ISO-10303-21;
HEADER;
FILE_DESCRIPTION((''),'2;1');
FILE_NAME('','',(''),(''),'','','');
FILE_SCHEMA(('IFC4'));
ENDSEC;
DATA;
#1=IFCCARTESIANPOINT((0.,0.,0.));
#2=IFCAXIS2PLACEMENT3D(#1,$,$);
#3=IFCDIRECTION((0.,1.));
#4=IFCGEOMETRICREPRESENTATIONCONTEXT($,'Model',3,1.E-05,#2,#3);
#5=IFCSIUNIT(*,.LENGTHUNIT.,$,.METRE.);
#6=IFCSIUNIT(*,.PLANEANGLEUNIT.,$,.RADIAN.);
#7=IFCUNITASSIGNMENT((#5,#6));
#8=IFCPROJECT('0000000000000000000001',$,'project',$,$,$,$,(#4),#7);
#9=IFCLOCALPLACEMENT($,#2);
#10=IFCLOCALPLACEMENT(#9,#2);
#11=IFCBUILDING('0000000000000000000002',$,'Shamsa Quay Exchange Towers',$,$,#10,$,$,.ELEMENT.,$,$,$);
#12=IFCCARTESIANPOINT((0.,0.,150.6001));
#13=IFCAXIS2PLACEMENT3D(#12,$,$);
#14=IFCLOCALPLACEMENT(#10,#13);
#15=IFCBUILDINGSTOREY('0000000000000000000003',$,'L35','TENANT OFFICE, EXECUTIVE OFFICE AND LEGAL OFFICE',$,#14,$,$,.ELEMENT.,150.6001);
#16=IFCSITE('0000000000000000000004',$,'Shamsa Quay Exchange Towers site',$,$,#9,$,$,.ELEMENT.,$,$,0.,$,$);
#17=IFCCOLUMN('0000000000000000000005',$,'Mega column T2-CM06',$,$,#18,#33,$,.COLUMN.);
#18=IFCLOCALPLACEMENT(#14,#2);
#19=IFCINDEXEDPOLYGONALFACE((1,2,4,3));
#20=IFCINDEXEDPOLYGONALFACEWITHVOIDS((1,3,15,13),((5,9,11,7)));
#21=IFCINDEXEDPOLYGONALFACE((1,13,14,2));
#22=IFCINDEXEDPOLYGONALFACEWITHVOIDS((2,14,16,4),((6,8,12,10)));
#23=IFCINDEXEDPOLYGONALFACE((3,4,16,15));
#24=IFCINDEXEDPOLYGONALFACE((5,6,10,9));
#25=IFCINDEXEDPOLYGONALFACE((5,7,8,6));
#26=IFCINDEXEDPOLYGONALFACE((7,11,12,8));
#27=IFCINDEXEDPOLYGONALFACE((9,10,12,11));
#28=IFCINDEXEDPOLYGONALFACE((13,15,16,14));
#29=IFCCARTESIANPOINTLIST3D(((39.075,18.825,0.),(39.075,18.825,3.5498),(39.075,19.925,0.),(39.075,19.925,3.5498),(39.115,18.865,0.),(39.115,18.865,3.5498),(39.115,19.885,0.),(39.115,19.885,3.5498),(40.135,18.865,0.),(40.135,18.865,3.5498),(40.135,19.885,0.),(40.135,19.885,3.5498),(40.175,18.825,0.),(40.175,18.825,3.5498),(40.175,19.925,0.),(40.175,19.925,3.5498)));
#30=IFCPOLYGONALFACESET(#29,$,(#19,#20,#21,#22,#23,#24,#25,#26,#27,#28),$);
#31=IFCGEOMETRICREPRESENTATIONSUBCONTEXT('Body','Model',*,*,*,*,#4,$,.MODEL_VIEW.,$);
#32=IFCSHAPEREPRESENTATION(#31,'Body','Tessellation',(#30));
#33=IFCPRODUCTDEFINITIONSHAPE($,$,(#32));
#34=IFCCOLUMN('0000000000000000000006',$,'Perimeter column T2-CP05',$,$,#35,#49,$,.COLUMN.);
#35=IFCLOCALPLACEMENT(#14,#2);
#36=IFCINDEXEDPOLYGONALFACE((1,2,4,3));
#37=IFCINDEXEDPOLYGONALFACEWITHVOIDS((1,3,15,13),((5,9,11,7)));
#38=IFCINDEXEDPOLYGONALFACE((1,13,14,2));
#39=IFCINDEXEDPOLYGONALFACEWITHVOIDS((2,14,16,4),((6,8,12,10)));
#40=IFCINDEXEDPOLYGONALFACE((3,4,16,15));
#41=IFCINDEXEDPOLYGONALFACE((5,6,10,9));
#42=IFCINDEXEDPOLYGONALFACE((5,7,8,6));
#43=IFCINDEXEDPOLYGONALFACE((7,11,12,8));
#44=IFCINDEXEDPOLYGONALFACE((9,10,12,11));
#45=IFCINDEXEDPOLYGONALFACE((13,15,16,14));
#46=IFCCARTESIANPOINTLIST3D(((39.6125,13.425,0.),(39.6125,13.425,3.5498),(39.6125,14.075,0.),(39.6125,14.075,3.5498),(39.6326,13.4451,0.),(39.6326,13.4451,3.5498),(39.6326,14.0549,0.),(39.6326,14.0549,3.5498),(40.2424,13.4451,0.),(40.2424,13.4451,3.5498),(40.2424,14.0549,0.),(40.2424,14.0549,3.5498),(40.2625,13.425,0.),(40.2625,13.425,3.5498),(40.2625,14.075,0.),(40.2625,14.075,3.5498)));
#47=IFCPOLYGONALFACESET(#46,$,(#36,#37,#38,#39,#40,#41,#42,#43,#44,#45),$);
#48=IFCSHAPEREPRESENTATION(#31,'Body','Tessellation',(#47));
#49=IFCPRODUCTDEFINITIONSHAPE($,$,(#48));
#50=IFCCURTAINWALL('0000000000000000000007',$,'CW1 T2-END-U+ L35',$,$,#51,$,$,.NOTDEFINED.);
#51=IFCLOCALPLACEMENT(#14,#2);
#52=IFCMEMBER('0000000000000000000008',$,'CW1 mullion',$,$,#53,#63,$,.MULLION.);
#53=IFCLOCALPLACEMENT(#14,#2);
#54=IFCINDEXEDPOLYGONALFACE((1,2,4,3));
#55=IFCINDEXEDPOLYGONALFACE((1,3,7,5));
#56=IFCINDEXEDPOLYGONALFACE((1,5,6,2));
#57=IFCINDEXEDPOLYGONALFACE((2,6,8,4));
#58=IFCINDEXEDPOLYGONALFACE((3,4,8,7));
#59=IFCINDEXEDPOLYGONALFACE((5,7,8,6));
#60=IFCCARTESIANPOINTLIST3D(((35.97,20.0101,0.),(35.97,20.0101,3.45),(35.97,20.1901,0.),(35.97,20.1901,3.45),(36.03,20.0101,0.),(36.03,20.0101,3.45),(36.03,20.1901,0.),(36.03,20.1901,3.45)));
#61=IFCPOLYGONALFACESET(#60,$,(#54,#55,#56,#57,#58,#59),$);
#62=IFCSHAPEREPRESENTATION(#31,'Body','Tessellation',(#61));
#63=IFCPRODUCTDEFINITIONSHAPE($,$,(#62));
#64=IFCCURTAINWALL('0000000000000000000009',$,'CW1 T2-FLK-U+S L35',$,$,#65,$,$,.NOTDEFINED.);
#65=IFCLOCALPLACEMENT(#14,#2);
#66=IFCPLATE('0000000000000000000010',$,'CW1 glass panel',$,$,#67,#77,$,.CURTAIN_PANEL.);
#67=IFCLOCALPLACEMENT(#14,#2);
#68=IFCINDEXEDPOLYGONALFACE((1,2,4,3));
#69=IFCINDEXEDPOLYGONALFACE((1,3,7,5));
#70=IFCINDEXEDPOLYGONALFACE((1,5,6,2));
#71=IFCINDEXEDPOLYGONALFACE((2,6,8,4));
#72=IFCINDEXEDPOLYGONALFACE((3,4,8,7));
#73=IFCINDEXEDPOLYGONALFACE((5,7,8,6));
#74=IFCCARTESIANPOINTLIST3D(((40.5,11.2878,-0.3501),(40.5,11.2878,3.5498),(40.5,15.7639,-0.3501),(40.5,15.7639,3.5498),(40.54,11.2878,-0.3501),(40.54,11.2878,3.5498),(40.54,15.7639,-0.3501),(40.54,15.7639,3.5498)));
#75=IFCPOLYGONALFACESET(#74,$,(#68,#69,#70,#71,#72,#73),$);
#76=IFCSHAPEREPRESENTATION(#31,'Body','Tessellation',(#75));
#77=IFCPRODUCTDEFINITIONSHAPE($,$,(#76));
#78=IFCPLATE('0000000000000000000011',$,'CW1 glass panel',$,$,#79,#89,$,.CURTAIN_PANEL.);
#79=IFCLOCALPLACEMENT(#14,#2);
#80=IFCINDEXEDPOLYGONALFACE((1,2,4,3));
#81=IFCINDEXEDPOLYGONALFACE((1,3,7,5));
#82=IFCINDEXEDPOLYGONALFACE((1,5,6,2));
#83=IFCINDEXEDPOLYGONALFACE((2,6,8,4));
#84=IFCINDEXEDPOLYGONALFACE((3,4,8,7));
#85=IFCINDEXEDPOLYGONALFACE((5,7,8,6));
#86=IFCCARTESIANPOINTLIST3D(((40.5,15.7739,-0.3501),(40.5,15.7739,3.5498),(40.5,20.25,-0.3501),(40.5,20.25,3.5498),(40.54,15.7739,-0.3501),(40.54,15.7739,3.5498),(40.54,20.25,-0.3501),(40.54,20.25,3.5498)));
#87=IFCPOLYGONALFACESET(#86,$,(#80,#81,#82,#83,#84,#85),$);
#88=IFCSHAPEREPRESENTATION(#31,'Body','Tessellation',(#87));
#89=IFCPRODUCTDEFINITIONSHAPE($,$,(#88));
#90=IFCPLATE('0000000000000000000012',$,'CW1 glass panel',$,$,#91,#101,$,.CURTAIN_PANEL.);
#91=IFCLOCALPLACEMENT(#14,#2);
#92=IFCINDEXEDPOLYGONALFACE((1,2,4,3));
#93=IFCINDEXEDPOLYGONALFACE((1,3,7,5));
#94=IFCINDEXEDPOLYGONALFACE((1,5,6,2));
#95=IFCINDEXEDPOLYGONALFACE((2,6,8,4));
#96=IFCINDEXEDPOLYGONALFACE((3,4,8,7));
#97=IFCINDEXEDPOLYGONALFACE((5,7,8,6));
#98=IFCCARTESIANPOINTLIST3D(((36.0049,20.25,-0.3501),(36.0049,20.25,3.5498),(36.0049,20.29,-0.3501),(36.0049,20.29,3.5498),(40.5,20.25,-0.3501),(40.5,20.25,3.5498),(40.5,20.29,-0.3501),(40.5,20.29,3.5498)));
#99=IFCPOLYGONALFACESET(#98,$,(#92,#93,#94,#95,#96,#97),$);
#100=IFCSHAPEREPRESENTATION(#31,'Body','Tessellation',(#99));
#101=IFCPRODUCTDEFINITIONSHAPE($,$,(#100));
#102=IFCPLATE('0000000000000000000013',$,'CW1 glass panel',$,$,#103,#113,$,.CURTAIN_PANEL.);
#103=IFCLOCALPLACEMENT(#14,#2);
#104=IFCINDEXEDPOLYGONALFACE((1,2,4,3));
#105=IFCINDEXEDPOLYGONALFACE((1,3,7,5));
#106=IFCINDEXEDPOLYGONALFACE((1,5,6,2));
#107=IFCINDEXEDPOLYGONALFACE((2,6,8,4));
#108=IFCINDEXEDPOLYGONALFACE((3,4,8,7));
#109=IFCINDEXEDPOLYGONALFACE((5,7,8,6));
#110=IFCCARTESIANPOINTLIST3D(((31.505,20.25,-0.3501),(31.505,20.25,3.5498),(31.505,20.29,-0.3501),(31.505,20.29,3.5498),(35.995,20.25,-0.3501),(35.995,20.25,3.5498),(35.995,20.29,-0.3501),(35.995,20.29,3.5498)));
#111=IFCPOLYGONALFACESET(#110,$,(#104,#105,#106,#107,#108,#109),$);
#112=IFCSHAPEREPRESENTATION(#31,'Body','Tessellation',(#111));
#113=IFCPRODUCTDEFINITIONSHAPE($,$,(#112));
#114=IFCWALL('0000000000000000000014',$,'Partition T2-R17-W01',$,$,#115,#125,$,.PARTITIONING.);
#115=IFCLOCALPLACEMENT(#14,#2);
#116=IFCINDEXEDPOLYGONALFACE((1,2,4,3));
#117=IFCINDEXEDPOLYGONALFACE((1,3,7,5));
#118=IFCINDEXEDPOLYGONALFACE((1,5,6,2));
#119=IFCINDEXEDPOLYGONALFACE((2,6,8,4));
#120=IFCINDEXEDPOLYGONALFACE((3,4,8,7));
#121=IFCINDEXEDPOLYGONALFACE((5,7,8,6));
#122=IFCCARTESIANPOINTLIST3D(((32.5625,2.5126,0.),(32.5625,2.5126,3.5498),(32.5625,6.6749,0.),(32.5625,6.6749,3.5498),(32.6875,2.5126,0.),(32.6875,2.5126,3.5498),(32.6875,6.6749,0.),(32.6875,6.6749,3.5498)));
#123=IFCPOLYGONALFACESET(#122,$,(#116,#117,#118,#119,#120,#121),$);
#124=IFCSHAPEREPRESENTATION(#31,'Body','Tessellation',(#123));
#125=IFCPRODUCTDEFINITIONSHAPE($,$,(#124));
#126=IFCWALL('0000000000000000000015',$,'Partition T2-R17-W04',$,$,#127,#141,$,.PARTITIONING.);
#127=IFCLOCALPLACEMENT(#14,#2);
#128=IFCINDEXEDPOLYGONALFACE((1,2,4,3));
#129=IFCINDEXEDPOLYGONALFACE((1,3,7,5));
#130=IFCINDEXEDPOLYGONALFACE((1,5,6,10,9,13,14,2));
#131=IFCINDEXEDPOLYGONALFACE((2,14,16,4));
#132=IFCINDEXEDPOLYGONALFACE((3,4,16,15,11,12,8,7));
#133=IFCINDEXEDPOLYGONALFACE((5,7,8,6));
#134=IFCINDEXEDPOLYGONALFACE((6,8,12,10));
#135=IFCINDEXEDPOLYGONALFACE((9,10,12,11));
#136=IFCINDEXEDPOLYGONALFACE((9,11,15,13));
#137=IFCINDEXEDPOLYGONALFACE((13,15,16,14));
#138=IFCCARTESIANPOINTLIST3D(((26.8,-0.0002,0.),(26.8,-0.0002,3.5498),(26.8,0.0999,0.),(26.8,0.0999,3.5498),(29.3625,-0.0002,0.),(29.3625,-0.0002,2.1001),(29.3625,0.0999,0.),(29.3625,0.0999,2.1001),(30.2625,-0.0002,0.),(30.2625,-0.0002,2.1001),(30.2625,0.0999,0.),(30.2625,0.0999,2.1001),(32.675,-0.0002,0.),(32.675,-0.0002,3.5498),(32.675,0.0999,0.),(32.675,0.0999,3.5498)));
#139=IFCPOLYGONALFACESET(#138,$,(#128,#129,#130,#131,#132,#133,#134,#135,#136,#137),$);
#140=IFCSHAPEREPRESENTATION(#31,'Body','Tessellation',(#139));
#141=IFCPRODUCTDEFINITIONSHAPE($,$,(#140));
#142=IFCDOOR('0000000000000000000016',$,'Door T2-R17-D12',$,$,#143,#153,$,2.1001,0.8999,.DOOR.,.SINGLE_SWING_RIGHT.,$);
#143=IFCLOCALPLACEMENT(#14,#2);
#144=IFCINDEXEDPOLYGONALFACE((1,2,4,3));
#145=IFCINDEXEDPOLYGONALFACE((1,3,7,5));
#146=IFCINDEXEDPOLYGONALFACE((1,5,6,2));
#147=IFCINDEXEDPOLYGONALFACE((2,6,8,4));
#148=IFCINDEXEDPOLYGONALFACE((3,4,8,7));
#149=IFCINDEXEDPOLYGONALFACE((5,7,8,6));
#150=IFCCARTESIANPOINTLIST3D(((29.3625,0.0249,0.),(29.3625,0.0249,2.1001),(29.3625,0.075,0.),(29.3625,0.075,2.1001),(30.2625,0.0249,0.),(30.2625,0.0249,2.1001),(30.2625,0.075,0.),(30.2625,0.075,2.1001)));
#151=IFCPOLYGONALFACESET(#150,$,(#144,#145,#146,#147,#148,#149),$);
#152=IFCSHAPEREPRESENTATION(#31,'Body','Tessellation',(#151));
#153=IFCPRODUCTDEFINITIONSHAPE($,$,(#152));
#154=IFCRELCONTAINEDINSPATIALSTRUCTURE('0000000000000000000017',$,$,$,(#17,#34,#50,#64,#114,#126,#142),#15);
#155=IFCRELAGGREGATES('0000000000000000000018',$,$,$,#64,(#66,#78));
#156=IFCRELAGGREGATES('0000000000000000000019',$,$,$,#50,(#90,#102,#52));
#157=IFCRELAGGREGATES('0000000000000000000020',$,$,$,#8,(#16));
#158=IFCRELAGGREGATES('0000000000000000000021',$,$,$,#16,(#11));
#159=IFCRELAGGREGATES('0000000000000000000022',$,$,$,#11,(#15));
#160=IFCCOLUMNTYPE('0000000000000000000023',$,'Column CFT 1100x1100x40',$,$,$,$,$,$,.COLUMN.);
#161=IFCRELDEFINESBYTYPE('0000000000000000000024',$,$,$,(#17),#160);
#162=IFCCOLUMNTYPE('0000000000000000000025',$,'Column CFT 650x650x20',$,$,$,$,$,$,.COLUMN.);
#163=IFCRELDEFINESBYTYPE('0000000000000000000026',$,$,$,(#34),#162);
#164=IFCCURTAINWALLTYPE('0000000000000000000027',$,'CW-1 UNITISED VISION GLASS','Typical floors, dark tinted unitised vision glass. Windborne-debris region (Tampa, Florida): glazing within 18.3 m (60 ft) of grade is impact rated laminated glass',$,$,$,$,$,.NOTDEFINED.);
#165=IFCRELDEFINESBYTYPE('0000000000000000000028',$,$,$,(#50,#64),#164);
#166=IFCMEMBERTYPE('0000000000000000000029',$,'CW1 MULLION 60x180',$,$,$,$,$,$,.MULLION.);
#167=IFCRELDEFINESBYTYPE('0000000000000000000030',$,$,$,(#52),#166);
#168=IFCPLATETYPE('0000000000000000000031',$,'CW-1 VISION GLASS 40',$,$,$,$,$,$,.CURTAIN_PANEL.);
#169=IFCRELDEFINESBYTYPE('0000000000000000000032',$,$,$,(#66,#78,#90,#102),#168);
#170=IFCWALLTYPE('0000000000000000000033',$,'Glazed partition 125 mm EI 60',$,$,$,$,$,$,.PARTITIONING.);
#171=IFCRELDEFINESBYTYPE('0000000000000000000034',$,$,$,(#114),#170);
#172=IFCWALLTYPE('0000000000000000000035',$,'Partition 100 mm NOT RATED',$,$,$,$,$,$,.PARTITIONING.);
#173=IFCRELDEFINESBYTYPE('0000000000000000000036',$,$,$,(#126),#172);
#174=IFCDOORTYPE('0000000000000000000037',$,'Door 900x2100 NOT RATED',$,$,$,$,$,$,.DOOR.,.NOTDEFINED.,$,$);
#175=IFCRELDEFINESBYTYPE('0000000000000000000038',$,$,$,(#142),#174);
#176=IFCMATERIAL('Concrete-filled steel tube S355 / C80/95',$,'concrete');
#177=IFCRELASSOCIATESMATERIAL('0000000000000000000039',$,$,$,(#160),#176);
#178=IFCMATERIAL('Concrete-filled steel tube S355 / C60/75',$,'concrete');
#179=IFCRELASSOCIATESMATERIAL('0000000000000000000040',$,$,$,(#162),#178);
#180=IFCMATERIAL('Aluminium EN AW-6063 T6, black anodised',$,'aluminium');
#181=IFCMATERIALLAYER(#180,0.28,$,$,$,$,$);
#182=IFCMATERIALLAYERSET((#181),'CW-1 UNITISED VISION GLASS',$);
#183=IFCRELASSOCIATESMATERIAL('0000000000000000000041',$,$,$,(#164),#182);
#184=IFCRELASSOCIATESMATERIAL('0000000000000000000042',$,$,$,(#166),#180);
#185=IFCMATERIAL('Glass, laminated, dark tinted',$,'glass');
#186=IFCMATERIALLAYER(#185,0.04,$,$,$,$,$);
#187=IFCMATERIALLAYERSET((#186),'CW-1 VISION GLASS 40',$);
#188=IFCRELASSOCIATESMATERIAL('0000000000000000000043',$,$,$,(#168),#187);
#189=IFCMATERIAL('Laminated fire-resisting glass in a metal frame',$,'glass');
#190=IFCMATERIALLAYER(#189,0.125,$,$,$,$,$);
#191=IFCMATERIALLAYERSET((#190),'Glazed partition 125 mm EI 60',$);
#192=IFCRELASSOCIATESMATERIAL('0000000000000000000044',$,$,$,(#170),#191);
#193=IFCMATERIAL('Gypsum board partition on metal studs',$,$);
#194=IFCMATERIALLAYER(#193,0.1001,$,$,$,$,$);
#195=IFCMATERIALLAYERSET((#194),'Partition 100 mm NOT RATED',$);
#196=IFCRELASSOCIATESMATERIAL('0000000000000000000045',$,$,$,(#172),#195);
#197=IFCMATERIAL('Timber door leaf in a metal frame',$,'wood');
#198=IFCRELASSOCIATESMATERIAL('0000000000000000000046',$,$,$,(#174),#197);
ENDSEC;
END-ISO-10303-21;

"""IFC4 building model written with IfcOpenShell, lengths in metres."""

from ifc_helpers import new_model, si_unit, direction, frame, frame_2d, origin, origin_2d, place, context, subcontext, project, spatial, rectangle, hollow_rectangle, extrude, material, layer, layer_set, material_profile, profile_set, type_object, element, fill, aggregate, save


model = new_model("IFC4")

# Units and contexts
model_context = context("Model", 3, precision=1e-05, world=origin(), true_north=direction((0.0, 1.0)))
body_context = subcontext(model_context, "Body", "Model", "MODEL_VIEW")
ifc_project = project(units=[si_unit("LENGTHUNIT", "METRE"), si_unit("PLANEANGLEUNIT", "RADIAN")], contexts=[model_context])

# Site, building, storey
site_placement = place(None, origin())
site = spatial("IfcSite", under=ifc_project, at=site_placement, Name="Shamsa Quay Exchange Towers site", CompositionType="ELEMENT", RefElevation=0.0)
building_placement = place(site_placement, origin())
building = spatial("IfcBuilding", under=site, at=building_placement, Name="Shamsa Quay Exchange Towers", CompositionType="ELEMENT")
storey_placement = place(building_placement, frame((0.0, 0.0, 150.6001)))
storey = spatial("IfcBuildingStorey", under=building, at=storey_placement, Name="L35", Description="TENANT OFFICE, EXECUTIVE OFFICE AND LEGAL OFFICE", CompositionType="ELEMENT", Elevation=150.6001)

# Columns
ifc_material_1 = material(Name="Concrete-filled steel tube S355 / C80/95", Category="concrete")
ifc_material_profile_1 = material_profile(ifc_material_1, hollow_rectangle(XDim=1.1001, YDim=1.1001, WallThickness=0.04, at=origin_2d()), Name="CFT 1100x1100x40")
ifc_profile_set_1 = profile_set([ifc_material_profile_1], Name="Concrete-filled steel tube S355 / C80/95")
column_type_1 = type_object("IfcColumnType", Name="Column CFT 1100x1100x40", PredefinedType="COLUMN", material=ifc_profile_set_1)
column_1_placement = place(storey_placement, frame((39.625, 19.375, 0.0)))
element("IfcColumn", 1, at=column_1_placement, inside=storey, type_object=column_type_1, Name="Mega column T2-CM06", PredefinedType="COLUMN", context=body_context, shape_type="SweptSolid", body=[
    extrude(hollow_rectangle(XDim=1.1001, YDim=1.1001, WallThickness=0.04, at=origin_2d()), origin(), (0.0, 0.0, 1.0), 3.5498),
])
ifc_material_2 = material(Name="Concrete-filled steel tube S355 / C60/75", Category="concrete")
ifc_material_profile_2 = material_profile(ifc_material_2, hollow_rectangle(XDim=0.6499, YDim=0.6499, WallThickness=0.02, at=origin_2d()), Name="CFT 650x650x20")
ifc_profile_set_2 = profile_set([ifc_material_profile_2], Name="Concrete-filled steel tube S355 / C60/75")
column_type_2 = type_object("IfcColumnType", Name="Column CFT 650x650x20", PredefinedType="COLUMN", material=ifc_profile_set_2)
column_2_placement = place(storey_placement, frame((39.9375, 13.75, 0.0)))
element("IfcColumn", 2, at=column_2_placement, inside=storey, type_object=column_type_2, Name="Perimeter column T2-CP05", PredefinedType="COLUMN", context=body_context, shape_type="SweptSolid", body=[
    extrude(hollow_rectangle(XDim=0.6499, YDim=0.6499, WallThickness=0.02, at=origin_2d()), origin(), (0.0, 0.0, 1.0), 3.5498),
])

# Curtain wall, member
ifc_material_3 = material(Name="Aluminium EN AW-6063 T6, black anodised", Category="aluminium")
ifc_layer_1 = layer(ifc_material_3, 0.28)
ifc_layer_set_1 = layer_set([ifc_layer_1], Name="CW-1 UNITISED VISION GLASS")
curtain_wall_type = type_object("IfcCurtainWallType", Name="CW-1 UNITISED VISION GLASS", Description="Typical floors, dark tinted unitised vision glass. Windborne-debris region (Tampa, Florida): glazing within 18.3 m (60 ft) of grade is impact rated laminated glass", PredefinedType="NOTDEFINED", material=ifc_layer_set_1)
curtain_wall_1_placement = place(storey_placement, origin())
curtain_wall_1 = element("IfcCurtainWall", 3, at=curtain_wall_1_placement, inside=storey, type_object=curtain_wall_type, Name="CW1 T2-END-U+ L35", PredefinedType="NOTDEFINED")
ifc_material_profile_3 = material_profile(ifc_material_3, rectangle(XDim=0.1799, YDim=0.0601, at=origin_2d()), Name="MU60x180")
ifc_profile_set_3 = profile_set([ifc_material_profile_3], Name="Aluminium EN AW-6063 T6, black anodised")
member_type = type_object("IfcMemberType", Name="CW1 MULLION 60x180", PredefinedType="MULLION", material=ifc_profile_set_3)
member_placement = place(storey_placement, frame((36.0, 20.1001, 0.0), z_axis=(0.0, 0.0, 1.0), x_axis=(0.0, -1.0, 0.0)))
member = element("IfcMember", 4, at=member_placement, type_object=member_type, Name="CW1 mullion", PredefinedType="MULLION", context=body_context, shape_type="SweptSolid", body=[
    extrude(rectangle(XDim=0.1799, YDim=0.0601, at=origin_2d()), origin(), (0.0, 0.0, 1.0), 3.45),
])

# Curtain wall, plates
curtain_wall_2_placement = place(storey_placement, origin())
curtain_wall_2 = element("IfcCurtainWall", 5, at=curtain_wall_2_placement, inside=storey, type_object=curtain_wall_type, Name="CW1 T2-FLK-U+S L35", PredefinedType="NOTDEFINED")
ifc_material_4 = material(Name="Glass, laminated, dark tinted", Category="glass")
ifc_layer_2 = layer(ifc_material_4, 0.04)
ifc_layer_set_2 = layer_set([ifc_layer_2], Name="CW-1 VISION GLASS 40")
plate_type = type_object("IfcPlateType", Name="CW-1 VISION GLASS 40", PredefinedType="CURTAIN_PANEL", material=ifc_layer_set_2)
plate_1_placement = place(storey_placement, frame((40.52, 13.5259, -0.3501), z_axis=(0.0, 0.0, 1.0), x_axis=(0.0, 1.0, 0.0)))
plate_1 = element("IfcPlate", 6, at=plate_1_placement, type_object=plate_type, Name="CW1 glass panel", PredefinedType="CURTAIN_PANEL", context=body_context, shape_type="SweptSolid", body=[
    extrude(rectangle(XDim=4.4761, YDim=0.04, at=origin_2d()), origin(), (0.0, 0.0, 1.0), 3.8999),
])
plate_2_placement = place(storey_placement, frame((40.52, 18.012, -0.3501), z_axis=(0.0, 0.0, 1.0), x_axis=(0.0, 1.0, 0.0)))
plate_2 = element("IfcPlate", 7, at=plate_2_placement, type_object=plate_type, Name="CW1 glass panel", PredefinedType="CURTAIN_PANEL", context=body_context, shape_type="SweptSolid", body=[
    extrude(rectangle(XDim=4.4761, YDim=0.04, at=origin_2d()), origin(), (0.0, 0.0, 1.0), 3.8999),
])
aggregate(curtain_wall_2, [plate_1, plate_2])

# Plates
plate_3_placement = place(storey_placement, frame((38.2524, 20.27, -0.3501), z_axis=(0.0, 0.0, 1.0), x_axis=(-1.0, 0.0, 0.0)))
plate_3 = element("IfcPlate", 8, at=plate_3_placement, type_object=plate_type, Name="CW1 glass panel", PredefinedType="CURTAIN_PANEL", context=body_context, shape_type="SweptSolid", body=[
    extrude(rectangle(XDim=4.4951, YDim=0.04, at=origin_2d()), origin(), (0.0, 0.0, 1.0), 3.8999),
])
plate_4_placement = place(storey_placement, frame((33.75, 20.27, -0.3501), z_axis=(0.0, 0.0, 1.0), x_axis=(-1.0, 0.0, 0.0)))
plate_4 = element("IfcPlate", 9, at=plate_4_placement, type_object=plate_type, Name="CW1 glass panel", PredefinedType="CURTAIN_PANEL", context=body_context, shape_type="SweptSolid", body=[
    extrude(rectangle(XDim=4.49, YDim=0.04, at=origin_2d()), origin(), (0.0, 0.0, 1.0), 3.8999),
])
aggregate(curtain_wall_1, [plate_3, plate_4, member])

# Wall
ifc_material_5 = material(Name="Laminated fire-resisting glass in a metal frame", Category="glass")
ifc_layer_3 = layer(ifc_material_5, 0.125)
ifc_layer_set_3 = layer_set([ifc_layer_3], Name="Glazed partition 125 mm EI 60")
wall_type_1 = type_object("IfcWallType", Name="Glazed partition 125 mm EI 60", PredefinedType="PARTITIONING", material=ifc_layer_set_3)
wall_1_placement = place(storey_placement, frame((32.625, 2.5127, 0.0), z_axis=(0.0, 0.0, 1.0), x_axis=(0.0, 1.0, 0.0)))
element("IfcWall", 10, at=wall_1_placement, inside=storey, type_object=wall_type_1, Name="Partition T2-R17-W01", PredefinedType="PARTITIONING", context=body_context, shape_type="SweptSolid", body=[
    extrude(rectangle(XDim=4.1624, YDim=0.125, at=frame_2d((2.0811, 0.0))), origin(), (0.0, 0.0, 1.0), 3.5498),
])

# Wall, opening, door
ifc_material_6 = material(Name="Gypsum board partition on metal studs")
ifc_layer_4 = layer(ifc_material_6, 0.1001)
ifc_layer_set_4 = layer_set([ifc_layer_4], Name="Partition 100 mm NOT RATED")
wall_type_2 = type_object("IfcWallType", Name="Partition 100 mm NOT RATED", PredefinedType="PARTITIONING", material=ifc_layer_set_4)
wall_2_placement = place(storey_placement, frame((32.675, 0.0498, 0.0), z_axis=(0.0, 0.0, 1.0), x_axis=(-1.0, 0.0, 0.0)))
wall_2 = element("IfcWall", 11, at=wall_2_placement, inside=storey, type_object=wall_type_2, Name="Partition T2-R17-W04", PredefinedType="PARTITIONING", context=body_context, shape_type="SweptSolid", body=[
    extrude(rectangle(XDim=5.875, YDim=0.1001, at=frame_2d((2.9375, 0.0))), origin(), (0.0, 0.0, 1.0), 3.5498),
])
opening_1_placement = place(wall_2_placement, frame((2.4126, 0.0, 0.0)))
opening_1 = element("IfcOpeningElement", 12, at=opening_1_placement, cuts=wall_2, PredefinedType="OPENING", context=body_context, shape_type="SweptSolid", body=[
    extrude(rectangle(XDim=0.8999, YDim=2.1001, at=frame_2d((0.45, 1.05))), frame((0.0, 0.0601, 0.0), z_axis=(0.0, -1.0, 0.0), x_axis=(1.0, 0.0, 0.0)), (0.0, 0.0, 1.0), 0.1201),
])
ifc_material_7 = material(Name="Timber door leaf in a metal frame", Category="wood")
door_type_1 = type_object("IfcDoorType", Name="Door 900x2100 NOT RATED", OperationType="NOTDEFINED", PredefinedType="DOOR", material=ifc_material_7)
door_1_placement = place(opening_1_placement, origin())
door_1 = element("IfcDoor", 13, at=door_1_placement, inside=storey, type_object=door_type_1, Name="Door T2-R17-D12", OperationType="SINGLE_SWING_RIGHT", OverallHeight=2.1001, OverallWidth=0.8999, PredefinedType="DOOR", context=body_context, shape_type="SweptSolid", body=[
    extrude(rectangle(XDim=0.8999, YDim=2.1001, at=frame_2d((0.45, 1.05))), frame((0.0, 0.0249, 0.0), z_axis=(0.0, -1.0, 0.0), x_axis=(1.0, 0.0, 0.0)), (0.0, 0.0, 1.0), 0.05),
])
fill(opening_1, door_1)

save(model, "model.ifc")
